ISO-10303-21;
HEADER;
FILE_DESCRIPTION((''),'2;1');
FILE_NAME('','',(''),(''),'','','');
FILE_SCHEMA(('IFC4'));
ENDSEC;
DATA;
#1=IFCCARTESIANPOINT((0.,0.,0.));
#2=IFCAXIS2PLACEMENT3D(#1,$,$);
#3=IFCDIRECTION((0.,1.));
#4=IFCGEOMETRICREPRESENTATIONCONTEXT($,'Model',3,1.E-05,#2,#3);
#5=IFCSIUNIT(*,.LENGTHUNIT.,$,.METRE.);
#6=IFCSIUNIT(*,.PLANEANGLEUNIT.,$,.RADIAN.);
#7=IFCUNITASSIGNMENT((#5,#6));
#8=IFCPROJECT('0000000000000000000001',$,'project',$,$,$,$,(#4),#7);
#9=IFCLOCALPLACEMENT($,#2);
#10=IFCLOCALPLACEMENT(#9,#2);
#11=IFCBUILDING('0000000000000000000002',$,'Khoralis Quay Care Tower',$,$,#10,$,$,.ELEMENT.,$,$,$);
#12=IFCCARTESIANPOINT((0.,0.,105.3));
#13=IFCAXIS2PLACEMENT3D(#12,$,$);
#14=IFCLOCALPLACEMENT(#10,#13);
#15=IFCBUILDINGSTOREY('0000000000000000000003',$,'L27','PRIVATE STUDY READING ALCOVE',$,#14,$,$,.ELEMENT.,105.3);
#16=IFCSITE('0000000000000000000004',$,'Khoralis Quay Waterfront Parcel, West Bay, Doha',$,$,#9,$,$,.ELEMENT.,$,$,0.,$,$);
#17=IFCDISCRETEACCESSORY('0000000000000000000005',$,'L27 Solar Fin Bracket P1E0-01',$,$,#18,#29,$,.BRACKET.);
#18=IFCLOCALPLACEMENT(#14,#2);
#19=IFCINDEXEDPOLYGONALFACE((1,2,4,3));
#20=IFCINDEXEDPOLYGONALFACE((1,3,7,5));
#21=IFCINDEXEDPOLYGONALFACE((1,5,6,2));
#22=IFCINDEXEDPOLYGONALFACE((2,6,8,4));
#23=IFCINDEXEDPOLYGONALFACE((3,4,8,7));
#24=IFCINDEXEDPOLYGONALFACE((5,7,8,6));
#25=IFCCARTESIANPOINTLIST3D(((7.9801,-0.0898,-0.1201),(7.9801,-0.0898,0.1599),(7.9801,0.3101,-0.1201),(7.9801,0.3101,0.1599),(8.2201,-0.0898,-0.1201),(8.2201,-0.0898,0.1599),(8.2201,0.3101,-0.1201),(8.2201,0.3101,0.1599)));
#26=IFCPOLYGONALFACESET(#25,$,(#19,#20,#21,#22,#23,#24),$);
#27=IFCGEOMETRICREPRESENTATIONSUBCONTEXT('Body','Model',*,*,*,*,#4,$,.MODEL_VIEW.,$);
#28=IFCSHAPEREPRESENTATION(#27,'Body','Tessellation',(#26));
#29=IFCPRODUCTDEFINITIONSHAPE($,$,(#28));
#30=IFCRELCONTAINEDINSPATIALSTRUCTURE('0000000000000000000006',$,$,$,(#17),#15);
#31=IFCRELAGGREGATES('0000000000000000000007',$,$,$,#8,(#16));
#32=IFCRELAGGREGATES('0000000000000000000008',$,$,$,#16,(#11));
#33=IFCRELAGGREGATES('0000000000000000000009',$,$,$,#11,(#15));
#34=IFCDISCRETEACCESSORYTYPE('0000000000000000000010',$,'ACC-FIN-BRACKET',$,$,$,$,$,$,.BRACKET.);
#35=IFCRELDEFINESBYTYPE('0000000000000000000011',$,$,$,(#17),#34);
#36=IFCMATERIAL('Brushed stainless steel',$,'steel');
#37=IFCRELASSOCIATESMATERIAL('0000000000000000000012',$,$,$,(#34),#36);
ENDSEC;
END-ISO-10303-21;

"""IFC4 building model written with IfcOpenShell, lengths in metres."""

from ifc_helpers import new_model, si_unit, direction, frame, origin, origin_2d, place, context, subcontext, project, spatial, rectangle, extrude, source, transform, mapped, material, type_object, element, save


model = new_model("IFC4")

# Units and contexts
model_context = context("Model", 3, precision=1e-05, world=origin(), true_north=direction((0.0, 1.0)))
body_context = subcontext(model_context, "Body", "Model", "MODEL_VIEW")
ifc_project = project(units=[si_unit("LENGTHUNIT", "METRE"), si_unit("PLANEANGLEUNIT", "RADIAN")], contexts=[model_context])

# Site, building, storey
site_placement = place(None, origin())
site = spatial("IfcSite", under=ifc_project, at=site_placement, Name="Khoralis Quay Waterfront Parcel, West Bay, Doha", CompositionType="ELEMENT", RefElevation=0.0)
building_placement = place(site_placement, origin())
building = spatial("IfcBuilding", under=site, at=building_placement, Name="Khoralis Quay Care Tower", CompositionType="ELEMENT")
storey_placement = place(building_placement, frame((0.0, 0.0, 105.3)))
storey = spatial("IfcBuildingStorey", under=building, at=storey_placement, Name="L27", Description="PRIVATE STUDY READING ALCOVE", CompositionType="ELEMENT", Elevation=105.3)

# Discrete accessory
ifc_material_1 = material(Name="Brushed stainless steel", Category="steel")
discrete_accessory_type = type_object("IfcDiscreteAccessoryType", Name="ACC-FIN-BRACKET", PredefinedType="BRACKET", material=ifc_material_1)
shared_shape_1 = source(origin(), body_context, "Body", "SweptSolid", [
    extrude(rectangle(XDim=0.3999, YDim=0.24, at=origin_2d()), origin(), (0.0, 0.0, 1.0), 0.28),
])
discrete_accessory_placement = place(storey_placement, frame((8.1001, 0.1101, -0.1201), z_axis=(0.0, 0.0, 1.0), x_axis=(0.0, -1.0, 0.0)))
element("IfcDiscreteAccessory", 1, at=discrete_accessory_placement, inside=storey, type_object=discrete_accessory_type, Name="L27 Solar Fin Bracket P1E0-01", PredefinedType="BRACKET", context=body_context, shape_type="MappedRepresentation", body=[
    mapped(shared_shape_1, transform((0.0, 0.0, 0.0), scale=1.0)),
])

save(model, "model.ifc")
